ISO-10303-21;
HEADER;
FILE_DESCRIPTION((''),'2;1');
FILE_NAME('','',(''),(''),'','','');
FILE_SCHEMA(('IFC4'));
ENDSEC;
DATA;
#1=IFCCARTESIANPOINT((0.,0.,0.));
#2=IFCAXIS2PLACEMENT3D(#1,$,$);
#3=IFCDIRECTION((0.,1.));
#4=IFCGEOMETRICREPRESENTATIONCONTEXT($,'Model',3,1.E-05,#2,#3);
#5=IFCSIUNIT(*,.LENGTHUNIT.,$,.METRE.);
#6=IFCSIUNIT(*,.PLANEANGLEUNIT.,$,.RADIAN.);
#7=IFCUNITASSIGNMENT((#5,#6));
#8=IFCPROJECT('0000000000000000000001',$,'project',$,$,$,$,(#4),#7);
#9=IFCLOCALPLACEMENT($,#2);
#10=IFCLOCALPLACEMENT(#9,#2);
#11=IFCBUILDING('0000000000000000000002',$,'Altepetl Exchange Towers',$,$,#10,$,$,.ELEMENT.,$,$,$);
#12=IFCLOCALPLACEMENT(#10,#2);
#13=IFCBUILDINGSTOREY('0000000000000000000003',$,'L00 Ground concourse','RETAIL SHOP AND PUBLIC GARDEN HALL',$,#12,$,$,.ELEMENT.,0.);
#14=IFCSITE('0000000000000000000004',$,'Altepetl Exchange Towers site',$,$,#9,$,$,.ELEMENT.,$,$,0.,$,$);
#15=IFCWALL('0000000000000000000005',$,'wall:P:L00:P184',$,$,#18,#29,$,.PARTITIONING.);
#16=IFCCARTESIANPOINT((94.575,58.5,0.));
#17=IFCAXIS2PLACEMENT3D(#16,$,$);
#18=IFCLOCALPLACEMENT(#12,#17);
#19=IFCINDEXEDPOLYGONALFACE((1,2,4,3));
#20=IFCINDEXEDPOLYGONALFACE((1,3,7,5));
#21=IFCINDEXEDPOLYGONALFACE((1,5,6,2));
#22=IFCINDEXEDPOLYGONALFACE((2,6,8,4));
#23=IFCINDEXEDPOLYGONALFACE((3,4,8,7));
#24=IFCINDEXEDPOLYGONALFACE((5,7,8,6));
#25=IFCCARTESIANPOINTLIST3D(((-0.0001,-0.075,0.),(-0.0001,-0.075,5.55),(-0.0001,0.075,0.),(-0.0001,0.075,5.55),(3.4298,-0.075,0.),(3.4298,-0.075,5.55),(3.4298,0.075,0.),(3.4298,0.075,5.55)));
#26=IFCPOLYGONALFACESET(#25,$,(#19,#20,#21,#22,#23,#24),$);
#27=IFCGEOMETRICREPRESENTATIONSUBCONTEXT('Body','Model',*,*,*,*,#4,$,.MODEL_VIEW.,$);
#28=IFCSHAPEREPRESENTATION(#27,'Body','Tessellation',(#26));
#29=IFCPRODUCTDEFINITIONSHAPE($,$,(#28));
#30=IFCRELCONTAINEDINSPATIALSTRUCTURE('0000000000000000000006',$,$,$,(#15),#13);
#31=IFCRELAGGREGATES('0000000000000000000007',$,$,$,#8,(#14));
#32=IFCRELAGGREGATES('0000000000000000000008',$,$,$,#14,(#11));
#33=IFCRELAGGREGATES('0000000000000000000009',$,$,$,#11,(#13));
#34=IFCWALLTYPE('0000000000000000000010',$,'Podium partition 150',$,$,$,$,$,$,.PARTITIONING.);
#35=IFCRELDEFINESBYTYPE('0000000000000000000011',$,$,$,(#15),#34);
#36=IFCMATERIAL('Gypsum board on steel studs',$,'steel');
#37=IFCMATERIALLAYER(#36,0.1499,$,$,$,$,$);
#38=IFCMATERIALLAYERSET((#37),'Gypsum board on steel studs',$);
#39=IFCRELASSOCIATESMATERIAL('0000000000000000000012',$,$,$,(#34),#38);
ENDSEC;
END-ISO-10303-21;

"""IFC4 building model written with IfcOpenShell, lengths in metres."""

from ifc_helpers import new_model, si_unit, direction, frame, frame_2d, origin, place, context, subcontext, project, spatial, rectangle, extrude, material, layer, layer_set, type_object, element, save


model = new_model("IFC4")

# Units and contexts
model_context = context("Model", 3, precision=1e-05, world=origin(), true_north=direction((0.0, 1.0)))
body_context = subcontext(model_context, "Body", "Model", "MODEL_VIEW")
ifc_project = project(units=[si_unit("LENGTHUNIT", "METRE"), si_unit("PLANEANGLEUNIT", "RADIAN")], contexts=[model_context])

# Site, building, storey
site_placement = place(None, origin())
site = spatial("IfcSite", under=ifc_project, at=site_placement, Name="Altepetl Exchange Towers site", CompositionType="ELEMENT", RefElevation=0.0)
building_placement = place(site_placement, origin())
building = spatial("IfcBuilding", under=site, at=building_placement, Name="Altepetl Exchange Towers", CompositionType="ELEMENT")
storey_placement = place(building_placement, origin())
storey = spatial("IfcBuildingStorey", under=building, at=storey_placement, Name="L00 Ground concourse", Description="RETAIL SHOP AND PUBLIC GARDEN HALL", CompositionType="ELEMENT", Elevation=0.0)

# Shared definitions
ifc_material_1 = material(Name="Gypsum board on steel studs", Category="steel")
ifc_layer_1 = layer(ifc_material_1, 0.1499)
ifc_layer_set_1 = layer_set([ifc_layer_1], Name="Gypsum board on steel studs")
wall_type_1 = type_object("IfcWallType", Name="Podium partition 150", PredefinedType="PARTITIONING", material=ifc_layer_set_1)

# Wall
wall_1_placement = place(storey_placement, frame((94.575, 58.5, 0.0)))
element("IfcWall", 1, at=wall_1_placement, inside=storey, type_object=wall_type_1, Name="wall:P:L00:P184", PredefinedType="PARTITIONING", context=body_context, shape_type="SweptSolid", body=[
    extrude(rectangle(XDim=3.4299, YDim=0.1499, at=frame_2d((1.7148, 0.0))), origin(), (0.0, 0.0, 1.0), 5.55),
])

save(model, "model.ifc")
